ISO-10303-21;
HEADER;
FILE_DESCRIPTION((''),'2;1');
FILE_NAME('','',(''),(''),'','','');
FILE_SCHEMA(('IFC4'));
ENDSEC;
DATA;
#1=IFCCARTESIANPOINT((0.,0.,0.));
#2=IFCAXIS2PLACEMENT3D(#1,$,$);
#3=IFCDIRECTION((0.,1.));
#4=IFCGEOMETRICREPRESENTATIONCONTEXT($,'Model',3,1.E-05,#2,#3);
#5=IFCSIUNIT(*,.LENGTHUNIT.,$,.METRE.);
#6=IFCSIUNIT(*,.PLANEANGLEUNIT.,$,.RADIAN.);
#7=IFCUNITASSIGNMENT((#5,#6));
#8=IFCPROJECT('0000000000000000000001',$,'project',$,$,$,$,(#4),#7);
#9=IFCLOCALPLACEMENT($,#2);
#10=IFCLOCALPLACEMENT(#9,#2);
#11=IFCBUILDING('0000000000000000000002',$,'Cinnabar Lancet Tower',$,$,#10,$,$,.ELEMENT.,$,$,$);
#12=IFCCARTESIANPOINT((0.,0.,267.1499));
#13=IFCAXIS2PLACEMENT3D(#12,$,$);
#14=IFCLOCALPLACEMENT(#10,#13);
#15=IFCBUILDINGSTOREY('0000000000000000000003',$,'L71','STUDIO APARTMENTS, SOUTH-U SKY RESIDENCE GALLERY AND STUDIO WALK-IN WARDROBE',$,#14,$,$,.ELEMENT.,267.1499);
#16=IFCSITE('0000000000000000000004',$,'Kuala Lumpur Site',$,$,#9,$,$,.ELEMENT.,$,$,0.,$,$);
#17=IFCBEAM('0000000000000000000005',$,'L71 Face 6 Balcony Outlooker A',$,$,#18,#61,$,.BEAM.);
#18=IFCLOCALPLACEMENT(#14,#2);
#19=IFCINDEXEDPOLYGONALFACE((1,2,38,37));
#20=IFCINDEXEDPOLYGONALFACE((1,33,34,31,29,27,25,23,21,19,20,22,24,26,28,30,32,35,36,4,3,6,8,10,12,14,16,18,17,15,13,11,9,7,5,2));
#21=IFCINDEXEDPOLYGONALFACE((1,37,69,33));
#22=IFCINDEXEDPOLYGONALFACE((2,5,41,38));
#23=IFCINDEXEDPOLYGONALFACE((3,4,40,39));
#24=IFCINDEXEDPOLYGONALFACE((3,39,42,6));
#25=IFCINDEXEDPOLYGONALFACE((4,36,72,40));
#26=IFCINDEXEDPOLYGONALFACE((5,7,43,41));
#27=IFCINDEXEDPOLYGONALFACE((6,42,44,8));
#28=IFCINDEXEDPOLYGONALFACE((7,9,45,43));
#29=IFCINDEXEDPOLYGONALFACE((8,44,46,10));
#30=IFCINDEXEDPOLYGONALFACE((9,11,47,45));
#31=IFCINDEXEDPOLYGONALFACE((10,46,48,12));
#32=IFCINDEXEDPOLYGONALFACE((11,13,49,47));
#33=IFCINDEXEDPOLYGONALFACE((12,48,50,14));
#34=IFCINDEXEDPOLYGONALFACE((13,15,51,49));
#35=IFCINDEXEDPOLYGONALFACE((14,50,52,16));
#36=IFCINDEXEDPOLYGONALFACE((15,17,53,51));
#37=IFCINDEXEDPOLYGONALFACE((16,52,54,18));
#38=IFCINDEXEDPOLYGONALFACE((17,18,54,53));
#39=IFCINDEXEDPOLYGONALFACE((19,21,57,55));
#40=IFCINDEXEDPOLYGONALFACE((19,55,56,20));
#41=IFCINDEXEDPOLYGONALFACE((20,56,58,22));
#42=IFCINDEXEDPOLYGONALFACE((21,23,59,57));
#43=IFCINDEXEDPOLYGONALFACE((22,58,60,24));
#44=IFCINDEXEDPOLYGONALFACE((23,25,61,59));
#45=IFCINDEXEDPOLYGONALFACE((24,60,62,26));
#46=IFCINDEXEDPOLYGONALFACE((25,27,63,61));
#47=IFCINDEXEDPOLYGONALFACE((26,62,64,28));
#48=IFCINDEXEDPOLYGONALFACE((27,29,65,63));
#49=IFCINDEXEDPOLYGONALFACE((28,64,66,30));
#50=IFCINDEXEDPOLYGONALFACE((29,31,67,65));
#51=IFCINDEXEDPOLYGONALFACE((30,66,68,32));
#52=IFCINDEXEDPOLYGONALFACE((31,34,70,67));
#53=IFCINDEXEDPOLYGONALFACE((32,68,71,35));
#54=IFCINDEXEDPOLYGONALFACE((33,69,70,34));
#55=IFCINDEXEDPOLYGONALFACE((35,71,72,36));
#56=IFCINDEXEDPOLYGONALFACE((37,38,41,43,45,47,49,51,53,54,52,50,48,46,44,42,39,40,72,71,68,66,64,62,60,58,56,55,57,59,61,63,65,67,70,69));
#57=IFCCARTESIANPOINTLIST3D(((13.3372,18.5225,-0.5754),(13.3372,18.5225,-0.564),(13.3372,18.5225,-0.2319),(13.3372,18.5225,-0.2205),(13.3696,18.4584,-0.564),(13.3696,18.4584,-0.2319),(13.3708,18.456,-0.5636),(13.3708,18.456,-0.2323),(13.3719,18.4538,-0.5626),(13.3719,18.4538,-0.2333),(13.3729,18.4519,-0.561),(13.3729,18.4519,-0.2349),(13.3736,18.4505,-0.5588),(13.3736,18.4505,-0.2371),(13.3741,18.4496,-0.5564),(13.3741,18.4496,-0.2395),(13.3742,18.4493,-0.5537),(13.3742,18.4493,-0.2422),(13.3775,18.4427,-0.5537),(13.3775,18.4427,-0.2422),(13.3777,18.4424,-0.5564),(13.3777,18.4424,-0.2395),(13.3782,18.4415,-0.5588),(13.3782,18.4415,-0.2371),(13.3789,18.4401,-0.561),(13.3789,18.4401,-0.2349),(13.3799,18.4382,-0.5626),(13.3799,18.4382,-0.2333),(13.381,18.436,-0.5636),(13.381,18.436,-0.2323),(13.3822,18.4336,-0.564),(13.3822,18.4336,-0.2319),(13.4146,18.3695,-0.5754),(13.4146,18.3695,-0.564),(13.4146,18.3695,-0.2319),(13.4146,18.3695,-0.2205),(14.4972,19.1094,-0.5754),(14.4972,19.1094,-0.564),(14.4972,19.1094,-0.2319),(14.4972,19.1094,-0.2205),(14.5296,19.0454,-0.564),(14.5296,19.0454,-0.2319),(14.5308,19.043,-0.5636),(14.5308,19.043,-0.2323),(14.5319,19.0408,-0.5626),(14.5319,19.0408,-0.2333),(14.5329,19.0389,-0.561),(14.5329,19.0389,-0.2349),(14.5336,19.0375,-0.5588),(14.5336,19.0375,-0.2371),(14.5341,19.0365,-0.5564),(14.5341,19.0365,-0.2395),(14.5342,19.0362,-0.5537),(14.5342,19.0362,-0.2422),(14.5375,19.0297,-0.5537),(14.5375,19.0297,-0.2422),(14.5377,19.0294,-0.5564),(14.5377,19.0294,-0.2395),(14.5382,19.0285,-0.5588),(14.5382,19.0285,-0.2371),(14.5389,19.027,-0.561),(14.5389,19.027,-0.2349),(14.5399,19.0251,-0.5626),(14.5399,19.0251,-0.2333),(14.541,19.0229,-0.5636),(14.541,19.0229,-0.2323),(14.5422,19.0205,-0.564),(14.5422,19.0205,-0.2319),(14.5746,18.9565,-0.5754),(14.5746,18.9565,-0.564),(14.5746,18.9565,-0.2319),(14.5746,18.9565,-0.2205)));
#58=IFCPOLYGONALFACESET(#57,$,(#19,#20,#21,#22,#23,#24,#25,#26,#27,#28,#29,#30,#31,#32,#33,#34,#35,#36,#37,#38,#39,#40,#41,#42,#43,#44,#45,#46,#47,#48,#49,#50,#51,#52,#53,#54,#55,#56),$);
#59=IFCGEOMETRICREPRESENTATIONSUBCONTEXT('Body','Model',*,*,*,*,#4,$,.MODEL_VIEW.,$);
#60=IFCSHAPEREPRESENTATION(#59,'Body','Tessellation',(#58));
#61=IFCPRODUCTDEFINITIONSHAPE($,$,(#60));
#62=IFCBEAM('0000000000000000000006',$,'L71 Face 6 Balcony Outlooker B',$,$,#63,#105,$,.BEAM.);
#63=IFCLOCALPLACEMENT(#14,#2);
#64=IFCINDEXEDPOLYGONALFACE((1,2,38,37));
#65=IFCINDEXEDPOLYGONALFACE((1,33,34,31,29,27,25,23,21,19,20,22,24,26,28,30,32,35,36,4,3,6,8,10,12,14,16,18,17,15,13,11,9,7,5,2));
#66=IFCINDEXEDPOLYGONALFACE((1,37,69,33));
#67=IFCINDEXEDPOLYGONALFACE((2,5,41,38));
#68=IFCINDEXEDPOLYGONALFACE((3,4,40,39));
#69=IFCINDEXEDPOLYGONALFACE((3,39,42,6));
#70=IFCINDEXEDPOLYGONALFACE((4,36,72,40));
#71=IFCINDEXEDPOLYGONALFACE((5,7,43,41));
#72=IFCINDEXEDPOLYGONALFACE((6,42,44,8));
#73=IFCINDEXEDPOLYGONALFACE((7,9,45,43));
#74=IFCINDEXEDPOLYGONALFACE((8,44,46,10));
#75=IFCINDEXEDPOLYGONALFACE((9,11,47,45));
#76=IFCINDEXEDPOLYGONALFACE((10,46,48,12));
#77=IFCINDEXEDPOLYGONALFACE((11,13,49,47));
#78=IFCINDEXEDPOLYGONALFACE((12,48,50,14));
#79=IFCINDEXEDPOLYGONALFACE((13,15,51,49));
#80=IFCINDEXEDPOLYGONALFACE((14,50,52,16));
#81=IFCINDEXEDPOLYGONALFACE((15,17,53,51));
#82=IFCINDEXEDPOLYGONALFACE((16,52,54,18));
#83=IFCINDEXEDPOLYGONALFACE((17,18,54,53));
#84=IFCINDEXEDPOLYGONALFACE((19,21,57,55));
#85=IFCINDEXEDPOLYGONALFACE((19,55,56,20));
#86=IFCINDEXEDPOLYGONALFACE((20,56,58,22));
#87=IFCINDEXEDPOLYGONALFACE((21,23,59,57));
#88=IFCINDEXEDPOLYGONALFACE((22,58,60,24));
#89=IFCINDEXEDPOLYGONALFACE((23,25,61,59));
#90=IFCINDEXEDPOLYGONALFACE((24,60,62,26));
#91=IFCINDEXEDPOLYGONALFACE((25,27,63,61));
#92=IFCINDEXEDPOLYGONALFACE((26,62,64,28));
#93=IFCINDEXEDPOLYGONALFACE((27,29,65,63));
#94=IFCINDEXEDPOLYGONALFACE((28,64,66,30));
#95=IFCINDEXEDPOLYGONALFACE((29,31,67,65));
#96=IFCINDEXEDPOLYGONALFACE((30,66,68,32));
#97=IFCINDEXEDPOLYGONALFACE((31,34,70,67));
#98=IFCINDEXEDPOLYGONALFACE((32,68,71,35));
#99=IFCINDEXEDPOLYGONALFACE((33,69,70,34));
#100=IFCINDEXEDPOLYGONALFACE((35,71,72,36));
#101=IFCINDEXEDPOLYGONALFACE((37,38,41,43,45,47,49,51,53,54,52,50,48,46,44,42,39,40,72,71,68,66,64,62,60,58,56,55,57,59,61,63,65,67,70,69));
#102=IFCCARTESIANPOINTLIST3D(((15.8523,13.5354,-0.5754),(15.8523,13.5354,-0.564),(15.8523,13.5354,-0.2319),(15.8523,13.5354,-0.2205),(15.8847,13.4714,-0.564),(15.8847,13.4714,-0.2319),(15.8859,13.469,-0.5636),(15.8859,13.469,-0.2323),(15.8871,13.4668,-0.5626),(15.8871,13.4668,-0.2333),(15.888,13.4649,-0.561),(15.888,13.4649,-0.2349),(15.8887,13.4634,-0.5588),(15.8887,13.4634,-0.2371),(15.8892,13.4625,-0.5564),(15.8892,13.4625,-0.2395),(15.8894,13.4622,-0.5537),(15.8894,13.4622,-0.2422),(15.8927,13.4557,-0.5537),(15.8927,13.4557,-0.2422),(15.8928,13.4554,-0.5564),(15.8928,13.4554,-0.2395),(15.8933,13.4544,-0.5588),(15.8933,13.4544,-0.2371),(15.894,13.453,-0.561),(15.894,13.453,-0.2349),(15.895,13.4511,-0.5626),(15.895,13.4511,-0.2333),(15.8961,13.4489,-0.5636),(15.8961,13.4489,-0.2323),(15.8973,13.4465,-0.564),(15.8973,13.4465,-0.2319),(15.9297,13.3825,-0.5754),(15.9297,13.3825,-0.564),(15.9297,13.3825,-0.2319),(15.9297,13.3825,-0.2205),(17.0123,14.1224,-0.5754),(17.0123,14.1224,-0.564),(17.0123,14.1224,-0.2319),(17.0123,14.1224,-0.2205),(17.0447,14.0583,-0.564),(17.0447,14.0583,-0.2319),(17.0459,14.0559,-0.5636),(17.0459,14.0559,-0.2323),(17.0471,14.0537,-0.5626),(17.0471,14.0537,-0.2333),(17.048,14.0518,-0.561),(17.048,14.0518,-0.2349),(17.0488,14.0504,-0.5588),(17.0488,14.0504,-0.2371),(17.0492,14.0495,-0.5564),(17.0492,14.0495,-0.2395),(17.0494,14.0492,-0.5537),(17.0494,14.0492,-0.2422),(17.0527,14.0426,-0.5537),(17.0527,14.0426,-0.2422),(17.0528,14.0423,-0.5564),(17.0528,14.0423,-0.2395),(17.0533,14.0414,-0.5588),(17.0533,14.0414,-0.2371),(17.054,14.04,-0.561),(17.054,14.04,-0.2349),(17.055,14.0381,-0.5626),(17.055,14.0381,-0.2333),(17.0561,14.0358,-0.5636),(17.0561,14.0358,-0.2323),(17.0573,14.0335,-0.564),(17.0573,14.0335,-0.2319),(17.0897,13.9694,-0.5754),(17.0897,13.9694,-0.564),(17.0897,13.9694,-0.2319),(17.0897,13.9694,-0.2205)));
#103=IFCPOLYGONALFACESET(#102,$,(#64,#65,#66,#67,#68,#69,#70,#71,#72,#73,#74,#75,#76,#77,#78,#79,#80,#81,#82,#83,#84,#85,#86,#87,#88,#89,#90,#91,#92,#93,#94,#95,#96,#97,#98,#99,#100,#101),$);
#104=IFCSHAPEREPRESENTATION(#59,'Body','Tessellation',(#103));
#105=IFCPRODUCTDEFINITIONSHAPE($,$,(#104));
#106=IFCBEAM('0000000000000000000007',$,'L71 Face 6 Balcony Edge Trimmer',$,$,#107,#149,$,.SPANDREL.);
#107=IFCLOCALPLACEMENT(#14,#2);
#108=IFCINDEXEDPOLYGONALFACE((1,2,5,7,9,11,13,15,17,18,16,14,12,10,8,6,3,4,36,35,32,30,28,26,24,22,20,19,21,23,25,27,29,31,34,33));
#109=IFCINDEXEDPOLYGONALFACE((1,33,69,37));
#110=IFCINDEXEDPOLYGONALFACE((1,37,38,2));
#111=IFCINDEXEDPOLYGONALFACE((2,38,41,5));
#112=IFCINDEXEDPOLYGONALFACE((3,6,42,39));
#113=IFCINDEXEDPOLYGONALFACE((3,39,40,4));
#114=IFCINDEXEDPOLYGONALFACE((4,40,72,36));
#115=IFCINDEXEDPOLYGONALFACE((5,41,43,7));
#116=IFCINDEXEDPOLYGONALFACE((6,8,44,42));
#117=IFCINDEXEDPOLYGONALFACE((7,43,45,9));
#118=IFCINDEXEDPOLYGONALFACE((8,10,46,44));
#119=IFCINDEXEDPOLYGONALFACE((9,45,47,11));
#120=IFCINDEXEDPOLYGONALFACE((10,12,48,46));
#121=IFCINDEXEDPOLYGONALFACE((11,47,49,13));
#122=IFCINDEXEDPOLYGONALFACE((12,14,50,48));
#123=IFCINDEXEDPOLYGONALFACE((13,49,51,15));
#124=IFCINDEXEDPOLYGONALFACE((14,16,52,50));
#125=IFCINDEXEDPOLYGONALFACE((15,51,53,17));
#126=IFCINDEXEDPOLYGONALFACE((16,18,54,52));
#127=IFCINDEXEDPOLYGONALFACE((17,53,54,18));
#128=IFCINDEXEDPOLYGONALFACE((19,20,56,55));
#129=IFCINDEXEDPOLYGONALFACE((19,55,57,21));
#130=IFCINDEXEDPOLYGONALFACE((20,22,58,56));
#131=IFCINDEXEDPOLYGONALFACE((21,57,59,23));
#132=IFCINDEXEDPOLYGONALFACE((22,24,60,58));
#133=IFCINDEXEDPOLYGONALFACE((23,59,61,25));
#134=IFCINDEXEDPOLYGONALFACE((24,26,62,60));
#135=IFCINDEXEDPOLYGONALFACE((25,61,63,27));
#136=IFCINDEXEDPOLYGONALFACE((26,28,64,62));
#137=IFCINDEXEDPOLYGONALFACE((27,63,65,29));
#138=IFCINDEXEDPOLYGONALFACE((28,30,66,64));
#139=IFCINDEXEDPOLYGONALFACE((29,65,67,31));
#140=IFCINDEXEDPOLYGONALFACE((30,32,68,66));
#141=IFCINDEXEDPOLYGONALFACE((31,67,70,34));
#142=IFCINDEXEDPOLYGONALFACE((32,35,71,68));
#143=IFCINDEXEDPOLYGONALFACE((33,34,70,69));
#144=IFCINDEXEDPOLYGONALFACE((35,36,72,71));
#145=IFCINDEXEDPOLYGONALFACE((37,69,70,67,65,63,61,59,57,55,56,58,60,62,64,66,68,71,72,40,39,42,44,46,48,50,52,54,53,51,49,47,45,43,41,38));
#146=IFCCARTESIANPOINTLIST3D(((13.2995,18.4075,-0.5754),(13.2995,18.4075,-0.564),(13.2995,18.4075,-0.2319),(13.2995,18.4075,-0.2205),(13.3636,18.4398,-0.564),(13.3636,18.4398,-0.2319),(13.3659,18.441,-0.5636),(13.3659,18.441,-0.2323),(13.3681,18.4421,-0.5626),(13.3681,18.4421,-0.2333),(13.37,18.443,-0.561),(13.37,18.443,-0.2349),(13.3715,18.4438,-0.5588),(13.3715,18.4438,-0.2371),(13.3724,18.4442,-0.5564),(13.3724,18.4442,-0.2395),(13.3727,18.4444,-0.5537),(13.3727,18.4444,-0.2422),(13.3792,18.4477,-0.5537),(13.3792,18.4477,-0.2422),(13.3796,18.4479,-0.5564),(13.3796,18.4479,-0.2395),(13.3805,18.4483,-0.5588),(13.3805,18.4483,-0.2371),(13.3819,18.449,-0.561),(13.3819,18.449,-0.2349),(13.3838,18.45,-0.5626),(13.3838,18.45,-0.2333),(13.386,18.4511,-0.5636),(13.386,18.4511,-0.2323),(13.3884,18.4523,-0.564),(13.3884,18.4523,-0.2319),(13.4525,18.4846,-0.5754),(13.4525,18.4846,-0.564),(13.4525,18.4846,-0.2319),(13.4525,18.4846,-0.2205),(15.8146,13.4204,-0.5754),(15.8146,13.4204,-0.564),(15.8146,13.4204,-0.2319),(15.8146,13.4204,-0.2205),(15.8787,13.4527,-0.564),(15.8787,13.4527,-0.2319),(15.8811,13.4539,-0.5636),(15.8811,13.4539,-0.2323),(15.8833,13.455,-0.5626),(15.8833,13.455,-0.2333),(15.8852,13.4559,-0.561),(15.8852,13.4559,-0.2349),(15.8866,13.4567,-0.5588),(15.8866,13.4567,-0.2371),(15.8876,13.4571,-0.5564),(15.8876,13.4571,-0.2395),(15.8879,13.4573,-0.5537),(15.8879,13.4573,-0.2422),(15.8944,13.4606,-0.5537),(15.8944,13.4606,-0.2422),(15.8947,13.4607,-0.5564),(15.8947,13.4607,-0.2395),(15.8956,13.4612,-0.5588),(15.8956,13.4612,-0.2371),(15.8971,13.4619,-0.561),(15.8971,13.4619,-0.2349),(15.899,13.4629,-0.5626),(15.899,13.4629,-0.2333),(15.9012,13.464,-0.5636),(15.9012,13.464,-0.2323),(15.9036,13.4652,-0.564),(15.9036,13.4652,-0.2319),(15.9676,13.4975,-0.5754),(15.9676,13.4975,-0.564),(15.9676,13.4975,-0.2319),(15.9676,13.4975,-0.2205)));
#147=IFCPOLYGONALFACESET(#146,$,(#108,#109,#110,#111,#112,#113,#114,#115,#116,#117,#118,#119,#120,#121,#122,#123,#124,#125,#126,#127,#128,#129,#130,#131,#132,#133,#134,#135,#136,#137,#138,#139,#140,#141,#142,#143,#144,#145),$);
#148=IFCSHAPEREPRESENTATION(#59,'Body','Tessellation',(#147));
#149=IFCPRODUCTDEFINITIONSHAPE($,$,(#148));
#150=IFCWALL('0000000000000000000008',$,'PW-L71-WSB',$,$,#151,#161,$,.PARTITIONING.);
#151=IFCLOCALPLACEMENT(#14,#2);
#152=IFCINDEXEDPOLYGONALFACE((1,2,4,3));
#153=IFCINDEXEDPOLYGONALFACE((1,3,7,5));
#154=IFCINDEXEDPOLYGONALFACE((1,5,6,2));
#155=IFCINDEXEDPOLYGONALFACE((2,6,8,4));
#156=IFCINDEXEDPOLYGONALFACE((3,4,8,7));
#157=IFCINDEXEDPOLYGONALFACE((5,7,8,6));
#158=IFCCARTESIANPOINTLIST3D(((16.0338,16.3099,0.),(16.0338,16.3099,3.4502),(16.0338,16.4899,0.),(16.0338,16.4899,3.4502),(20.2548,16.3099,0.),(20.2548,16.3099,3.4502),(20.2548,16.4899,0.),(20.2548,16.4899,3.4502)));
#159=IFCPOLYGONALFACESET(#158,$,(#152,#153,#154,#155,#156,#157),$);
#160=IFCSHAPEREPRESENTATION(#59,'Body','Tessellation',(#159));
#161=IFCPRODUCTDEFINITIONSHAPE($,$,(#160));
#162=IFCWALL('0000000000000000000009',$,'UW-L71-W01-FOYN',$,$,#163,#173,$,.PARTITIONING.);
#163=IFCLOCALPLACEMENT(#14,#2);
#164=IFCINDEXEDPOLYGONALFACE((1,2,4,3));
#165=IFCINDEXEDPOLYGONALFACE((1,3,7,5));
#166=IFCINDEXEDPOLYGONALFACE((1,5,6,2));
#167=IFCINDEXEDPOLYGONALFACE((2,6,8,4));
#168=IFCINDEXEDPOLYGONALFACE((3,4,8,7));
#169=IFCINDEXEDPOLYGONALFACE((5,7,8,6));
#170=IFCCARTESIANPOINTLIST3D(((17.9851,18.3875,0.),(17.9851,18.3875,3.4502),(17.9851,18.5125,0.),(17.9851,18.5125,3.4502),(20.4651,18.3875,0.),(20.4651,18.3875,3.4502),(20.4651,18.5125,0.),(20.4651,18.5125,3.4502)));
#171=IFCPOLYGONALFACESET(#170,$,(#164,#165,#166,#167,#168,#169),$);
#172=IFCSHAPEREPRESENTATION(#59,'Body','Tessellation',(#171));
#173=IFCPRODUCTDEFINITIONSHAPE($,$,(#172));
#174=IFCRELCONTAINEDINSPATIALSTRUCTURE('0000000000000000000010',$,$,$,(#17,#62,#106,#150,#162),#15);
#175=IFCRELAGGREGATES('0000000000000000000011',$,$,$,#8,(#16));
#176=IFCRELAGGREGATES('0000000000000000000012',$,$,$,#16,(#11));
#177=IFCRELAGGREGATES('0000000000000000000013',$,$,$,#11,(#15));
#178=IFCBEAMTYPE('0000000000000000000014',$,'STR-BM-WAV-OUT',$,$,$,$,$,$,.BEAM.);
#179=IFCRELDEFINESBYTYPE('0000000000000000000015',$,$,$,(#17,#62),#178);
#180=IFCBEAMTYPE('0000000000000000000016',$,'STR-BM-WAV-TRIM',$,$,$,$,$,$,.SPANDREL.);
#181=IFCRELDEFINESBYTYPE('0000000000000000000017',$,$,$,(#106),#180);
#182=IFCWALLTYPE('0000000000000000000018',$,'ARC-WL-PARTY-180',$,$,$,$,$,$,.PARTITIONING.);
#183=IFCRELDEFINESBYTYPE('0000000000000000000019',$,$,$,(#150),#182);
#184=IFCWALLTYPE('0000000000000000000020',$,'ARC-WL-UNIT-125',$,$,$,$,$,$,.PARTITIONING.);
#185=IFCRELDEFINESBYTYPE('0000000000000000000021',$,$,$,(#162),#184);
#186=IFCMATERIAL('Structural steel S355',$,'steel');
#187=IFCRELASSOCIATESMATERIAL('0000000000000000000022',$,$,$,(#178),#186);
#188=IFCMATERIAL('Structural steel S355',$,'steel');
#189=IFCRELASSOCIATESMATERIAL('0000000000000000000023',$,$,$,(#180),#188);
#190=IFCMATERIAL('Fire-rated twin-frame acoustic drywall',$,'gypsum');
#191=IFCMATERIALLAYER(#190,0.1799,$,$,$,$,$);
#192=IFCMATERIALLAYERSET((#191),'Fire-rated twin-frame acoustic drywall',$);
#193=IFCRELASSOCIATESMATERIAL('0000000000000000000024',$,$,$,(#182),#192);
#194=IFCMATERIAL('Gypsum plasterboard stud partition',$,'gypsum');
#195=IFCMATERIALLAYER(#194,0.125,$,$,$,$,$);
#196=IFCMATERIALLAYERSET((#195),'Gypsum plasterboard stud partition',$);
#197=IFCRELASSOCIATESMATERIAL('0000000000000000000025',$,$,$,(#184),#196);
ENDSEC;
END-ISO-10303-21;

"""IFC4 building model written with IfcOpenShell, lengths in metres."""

from ifc_helpers import new_model, si_unit, direction, frame, frame_2d, origin, origin_2d, place, context, subcontext, project, spatial, rectangle, i_section, extrude, material, layer, layer_set, material_profile, profile_set, type_object, element, save


model = new_model("IFC4")

# Units and contexts
model_context = context("Model", 3, precision=1e-05, world=origin(), true_north=direction((0.0, 1.0)))
body_context = subcontext(model_context, "Body", "Model", "MODEL_VIEW")
ifc_project = project(units=[si_unit("LENGTHUNIT", "METRE"), si_unit("PLANEANGLEUNIT", "RADIAN")], contexts=[model_context])

# Site, building, storey
site_placement = place(None, origin())
site = spatial("IfcSite", under=ifc_project, at=site_placement, Name="Kuala Lumpur Site", CompositionType="ELEMENT", RefElevation=0.0)
building_placement = place(site_placement, origin())
building = spatial("IfcBuilding", under=site, at=building_placement, Name="Cinnabar Lancet Tower", CompositionType="ELEMENT")
storey_placement = place(building_placement, frame((0.0, 0.0, 267.1499)))
storey = spatial("IfcBuildingStorey", under=building, at=storey_placement, Name="L71", Description="STUDIO APARTMENTS, SOUTH-U SKY RESIDENCE GALLERY AND STUDIO WALK-IN WARDROBE", CompositionType="ELEMENT", Elevation=267.1499)

# Beams
ifc_material_1 = material(Name="Structural steel S355", Category="steel")
ifc_material_profile_1 = material_profile(ifc_material_1, i_section(OverallWidth=0.1714, OverallDepth=0.355, WebThickness=0.0073, FlangeThickness=0.0115, FilletRadius=0.0103, at=origin_2d()), Name="UKB 356x171x51")
ifc_profile_set_1 = profile_set([ifc_material_profile_1], Name="Structural steel S355")
beam_type_1 = type_object("IfcBeamType", Name="STR-BM-WAV-OUT", PredefinedType="BEAM", material=ifc_profile_set_1)
for number, where, z_axis, x_axis, name in (
    (1, (14.5359, 19.033, -0.3979), (-0.892276, -0.45149, 0.0), (0.45149, -0.892276, 0.0), "L71 Face 6 Balcony Outlooker A"),
    (2, (17.051, 14.0459, -0.3979), (-0.892276, -0.45149, 0.0), (0.45149, -0.892276, 0.0), "L71 Face 6 Balcony Outlooker B"),
):
    element("IfcBeam", number, at=place(storey_placement, frame(where, z_axis=z_axis, x_axis=x_axis)), inside=storey, type_object=beam_type_1, Name=name, PredefinedType="BEAM", context=body_context, shape_type="SweptSolid", body=[
        extrude(i_section(OverallWidth=0.1714, OverallDepth=0.355, WebThickness=0.0073, FlangeThickness=0.0115, FilletRadius=0.0103, at=origin_2d()), origin(), (0.0, 0.0, 1.0), 1.3),
    ])
ifc_material_2 = material(Name="Structural steel S355", Category="steel")
ifc_material_profile_2 = material_profile(ifc_material_2, i_section(OverallWidth=0.1714, OverallDepth=0.355, WebThickness=0.0073, FlangeThickness=0.0115, FilletRadius=0.0103, at=origin_2d()), Name="UKB 356x171x51")
ifc_profile_set_2 = profile_set([ifc_material_profile_2], Name="Structural steel S355")
beam_type_2 = type_object("IfcBeamType", Name="STR-BM-WAV-TRIM", PredefinedType="SPANDREL", material=ifc_profile_set_2)
beam_1_placement = place(storey_placement, frame((13.376, 18.446, -0.3979), z_axis=(0.450306, -0.892874, 0.0), x_axis=(0.892874, 0.450306, 0.0)))
element("IfcBeam", 3, at=beam_1_placement, inside=storey, type_object=beam_type_2, Name="L71 Face 6 Balcony Edge Trimmer", PredefinedType="SPANDREL", context=body_context, shape_type="SweptSolid", body=[
    extrude(i_section(OverallWidth=0.1714, OverallDepth=0.355, WebThickness=0.0073, FlangeThickness=0.0115, FilletRadius=0.0103, at=origin_2d()), origin(), (0.0, 0.0, 1.0), 5.5854),
])

# Walls
ifc_material_3 = material(Name="Fire-rated twin-frame acoustic drywall", Category="gypsum")
ifc_layer_1 = layer(ifc_material_3, 0.1799)
ifc_layer_set_1 = layer_set([ifc_layer_1], Name="Fire-rated twin-frame acoustic drywall")
wall_type_1 = type_object("IfcWallType", Name="ARC-WL-PARTY-180", PredefinedType="PARTITIONING", material=ifc_layer_set_1)
wall_1_placement = place(storey_placement, frame((16.0339, 16.3999, 0.0), z_axis=(0.0, 0.0, 1.0), x_axis=(1.0, 0.0, 0.0)))
element("IfcWall", 4, at=wall_1_placement, inside=storey, type_object=wall_type_1, Name="PW-L71-WSB", PredefinedType="PARTITIONING", context=body_context, shape_type="SweptSolid", body=[
    extrude(rectangle(XDim=4.2209, YDim=0.1799, at=frame_2d((2.1104, 0.0))), origin(), (0.0, 0.0, 1.0), 3.4502),
])
ifc_material_4 = material(Name="Gypsum plasterboard stud partition", Category="gypsum")
ifc_layer_2 = layer(ifc_material_4, 0.125)
ifc_layer_set_2 = layer_set([ifc_layer_2], Name="Gypsum plasterboard stud partition")
wall_type_2 = type_object("IfcWallType", Name="ARC-WL-UNIT-125", PredefinedType="PARTITIONING", material=ifc_layer_set_2)
wall_2_placement = place(storey_placement, frame((17.9851, 18.45, 0.0), z_axis=(0.0, 0.0, 1.0), x_axis=(1.0, 0.0, 0.0)))
element("IfcWall", 5, at=wall_2_placement, inside=storey, type_object=wall_type_2, Name="UW-L71-W01-FOYN", PredefinedType="PARTITIONING", context=body_context, shape_type="SweptSolid", body=[
    extrude(rectangle(XDim=2.48, YDim=0.125, at=frame_2d((1.24, 0.0))), origin(), (0.0, 0.0, 1.0), 3.4502),
])

save(model, "model.ifc")
